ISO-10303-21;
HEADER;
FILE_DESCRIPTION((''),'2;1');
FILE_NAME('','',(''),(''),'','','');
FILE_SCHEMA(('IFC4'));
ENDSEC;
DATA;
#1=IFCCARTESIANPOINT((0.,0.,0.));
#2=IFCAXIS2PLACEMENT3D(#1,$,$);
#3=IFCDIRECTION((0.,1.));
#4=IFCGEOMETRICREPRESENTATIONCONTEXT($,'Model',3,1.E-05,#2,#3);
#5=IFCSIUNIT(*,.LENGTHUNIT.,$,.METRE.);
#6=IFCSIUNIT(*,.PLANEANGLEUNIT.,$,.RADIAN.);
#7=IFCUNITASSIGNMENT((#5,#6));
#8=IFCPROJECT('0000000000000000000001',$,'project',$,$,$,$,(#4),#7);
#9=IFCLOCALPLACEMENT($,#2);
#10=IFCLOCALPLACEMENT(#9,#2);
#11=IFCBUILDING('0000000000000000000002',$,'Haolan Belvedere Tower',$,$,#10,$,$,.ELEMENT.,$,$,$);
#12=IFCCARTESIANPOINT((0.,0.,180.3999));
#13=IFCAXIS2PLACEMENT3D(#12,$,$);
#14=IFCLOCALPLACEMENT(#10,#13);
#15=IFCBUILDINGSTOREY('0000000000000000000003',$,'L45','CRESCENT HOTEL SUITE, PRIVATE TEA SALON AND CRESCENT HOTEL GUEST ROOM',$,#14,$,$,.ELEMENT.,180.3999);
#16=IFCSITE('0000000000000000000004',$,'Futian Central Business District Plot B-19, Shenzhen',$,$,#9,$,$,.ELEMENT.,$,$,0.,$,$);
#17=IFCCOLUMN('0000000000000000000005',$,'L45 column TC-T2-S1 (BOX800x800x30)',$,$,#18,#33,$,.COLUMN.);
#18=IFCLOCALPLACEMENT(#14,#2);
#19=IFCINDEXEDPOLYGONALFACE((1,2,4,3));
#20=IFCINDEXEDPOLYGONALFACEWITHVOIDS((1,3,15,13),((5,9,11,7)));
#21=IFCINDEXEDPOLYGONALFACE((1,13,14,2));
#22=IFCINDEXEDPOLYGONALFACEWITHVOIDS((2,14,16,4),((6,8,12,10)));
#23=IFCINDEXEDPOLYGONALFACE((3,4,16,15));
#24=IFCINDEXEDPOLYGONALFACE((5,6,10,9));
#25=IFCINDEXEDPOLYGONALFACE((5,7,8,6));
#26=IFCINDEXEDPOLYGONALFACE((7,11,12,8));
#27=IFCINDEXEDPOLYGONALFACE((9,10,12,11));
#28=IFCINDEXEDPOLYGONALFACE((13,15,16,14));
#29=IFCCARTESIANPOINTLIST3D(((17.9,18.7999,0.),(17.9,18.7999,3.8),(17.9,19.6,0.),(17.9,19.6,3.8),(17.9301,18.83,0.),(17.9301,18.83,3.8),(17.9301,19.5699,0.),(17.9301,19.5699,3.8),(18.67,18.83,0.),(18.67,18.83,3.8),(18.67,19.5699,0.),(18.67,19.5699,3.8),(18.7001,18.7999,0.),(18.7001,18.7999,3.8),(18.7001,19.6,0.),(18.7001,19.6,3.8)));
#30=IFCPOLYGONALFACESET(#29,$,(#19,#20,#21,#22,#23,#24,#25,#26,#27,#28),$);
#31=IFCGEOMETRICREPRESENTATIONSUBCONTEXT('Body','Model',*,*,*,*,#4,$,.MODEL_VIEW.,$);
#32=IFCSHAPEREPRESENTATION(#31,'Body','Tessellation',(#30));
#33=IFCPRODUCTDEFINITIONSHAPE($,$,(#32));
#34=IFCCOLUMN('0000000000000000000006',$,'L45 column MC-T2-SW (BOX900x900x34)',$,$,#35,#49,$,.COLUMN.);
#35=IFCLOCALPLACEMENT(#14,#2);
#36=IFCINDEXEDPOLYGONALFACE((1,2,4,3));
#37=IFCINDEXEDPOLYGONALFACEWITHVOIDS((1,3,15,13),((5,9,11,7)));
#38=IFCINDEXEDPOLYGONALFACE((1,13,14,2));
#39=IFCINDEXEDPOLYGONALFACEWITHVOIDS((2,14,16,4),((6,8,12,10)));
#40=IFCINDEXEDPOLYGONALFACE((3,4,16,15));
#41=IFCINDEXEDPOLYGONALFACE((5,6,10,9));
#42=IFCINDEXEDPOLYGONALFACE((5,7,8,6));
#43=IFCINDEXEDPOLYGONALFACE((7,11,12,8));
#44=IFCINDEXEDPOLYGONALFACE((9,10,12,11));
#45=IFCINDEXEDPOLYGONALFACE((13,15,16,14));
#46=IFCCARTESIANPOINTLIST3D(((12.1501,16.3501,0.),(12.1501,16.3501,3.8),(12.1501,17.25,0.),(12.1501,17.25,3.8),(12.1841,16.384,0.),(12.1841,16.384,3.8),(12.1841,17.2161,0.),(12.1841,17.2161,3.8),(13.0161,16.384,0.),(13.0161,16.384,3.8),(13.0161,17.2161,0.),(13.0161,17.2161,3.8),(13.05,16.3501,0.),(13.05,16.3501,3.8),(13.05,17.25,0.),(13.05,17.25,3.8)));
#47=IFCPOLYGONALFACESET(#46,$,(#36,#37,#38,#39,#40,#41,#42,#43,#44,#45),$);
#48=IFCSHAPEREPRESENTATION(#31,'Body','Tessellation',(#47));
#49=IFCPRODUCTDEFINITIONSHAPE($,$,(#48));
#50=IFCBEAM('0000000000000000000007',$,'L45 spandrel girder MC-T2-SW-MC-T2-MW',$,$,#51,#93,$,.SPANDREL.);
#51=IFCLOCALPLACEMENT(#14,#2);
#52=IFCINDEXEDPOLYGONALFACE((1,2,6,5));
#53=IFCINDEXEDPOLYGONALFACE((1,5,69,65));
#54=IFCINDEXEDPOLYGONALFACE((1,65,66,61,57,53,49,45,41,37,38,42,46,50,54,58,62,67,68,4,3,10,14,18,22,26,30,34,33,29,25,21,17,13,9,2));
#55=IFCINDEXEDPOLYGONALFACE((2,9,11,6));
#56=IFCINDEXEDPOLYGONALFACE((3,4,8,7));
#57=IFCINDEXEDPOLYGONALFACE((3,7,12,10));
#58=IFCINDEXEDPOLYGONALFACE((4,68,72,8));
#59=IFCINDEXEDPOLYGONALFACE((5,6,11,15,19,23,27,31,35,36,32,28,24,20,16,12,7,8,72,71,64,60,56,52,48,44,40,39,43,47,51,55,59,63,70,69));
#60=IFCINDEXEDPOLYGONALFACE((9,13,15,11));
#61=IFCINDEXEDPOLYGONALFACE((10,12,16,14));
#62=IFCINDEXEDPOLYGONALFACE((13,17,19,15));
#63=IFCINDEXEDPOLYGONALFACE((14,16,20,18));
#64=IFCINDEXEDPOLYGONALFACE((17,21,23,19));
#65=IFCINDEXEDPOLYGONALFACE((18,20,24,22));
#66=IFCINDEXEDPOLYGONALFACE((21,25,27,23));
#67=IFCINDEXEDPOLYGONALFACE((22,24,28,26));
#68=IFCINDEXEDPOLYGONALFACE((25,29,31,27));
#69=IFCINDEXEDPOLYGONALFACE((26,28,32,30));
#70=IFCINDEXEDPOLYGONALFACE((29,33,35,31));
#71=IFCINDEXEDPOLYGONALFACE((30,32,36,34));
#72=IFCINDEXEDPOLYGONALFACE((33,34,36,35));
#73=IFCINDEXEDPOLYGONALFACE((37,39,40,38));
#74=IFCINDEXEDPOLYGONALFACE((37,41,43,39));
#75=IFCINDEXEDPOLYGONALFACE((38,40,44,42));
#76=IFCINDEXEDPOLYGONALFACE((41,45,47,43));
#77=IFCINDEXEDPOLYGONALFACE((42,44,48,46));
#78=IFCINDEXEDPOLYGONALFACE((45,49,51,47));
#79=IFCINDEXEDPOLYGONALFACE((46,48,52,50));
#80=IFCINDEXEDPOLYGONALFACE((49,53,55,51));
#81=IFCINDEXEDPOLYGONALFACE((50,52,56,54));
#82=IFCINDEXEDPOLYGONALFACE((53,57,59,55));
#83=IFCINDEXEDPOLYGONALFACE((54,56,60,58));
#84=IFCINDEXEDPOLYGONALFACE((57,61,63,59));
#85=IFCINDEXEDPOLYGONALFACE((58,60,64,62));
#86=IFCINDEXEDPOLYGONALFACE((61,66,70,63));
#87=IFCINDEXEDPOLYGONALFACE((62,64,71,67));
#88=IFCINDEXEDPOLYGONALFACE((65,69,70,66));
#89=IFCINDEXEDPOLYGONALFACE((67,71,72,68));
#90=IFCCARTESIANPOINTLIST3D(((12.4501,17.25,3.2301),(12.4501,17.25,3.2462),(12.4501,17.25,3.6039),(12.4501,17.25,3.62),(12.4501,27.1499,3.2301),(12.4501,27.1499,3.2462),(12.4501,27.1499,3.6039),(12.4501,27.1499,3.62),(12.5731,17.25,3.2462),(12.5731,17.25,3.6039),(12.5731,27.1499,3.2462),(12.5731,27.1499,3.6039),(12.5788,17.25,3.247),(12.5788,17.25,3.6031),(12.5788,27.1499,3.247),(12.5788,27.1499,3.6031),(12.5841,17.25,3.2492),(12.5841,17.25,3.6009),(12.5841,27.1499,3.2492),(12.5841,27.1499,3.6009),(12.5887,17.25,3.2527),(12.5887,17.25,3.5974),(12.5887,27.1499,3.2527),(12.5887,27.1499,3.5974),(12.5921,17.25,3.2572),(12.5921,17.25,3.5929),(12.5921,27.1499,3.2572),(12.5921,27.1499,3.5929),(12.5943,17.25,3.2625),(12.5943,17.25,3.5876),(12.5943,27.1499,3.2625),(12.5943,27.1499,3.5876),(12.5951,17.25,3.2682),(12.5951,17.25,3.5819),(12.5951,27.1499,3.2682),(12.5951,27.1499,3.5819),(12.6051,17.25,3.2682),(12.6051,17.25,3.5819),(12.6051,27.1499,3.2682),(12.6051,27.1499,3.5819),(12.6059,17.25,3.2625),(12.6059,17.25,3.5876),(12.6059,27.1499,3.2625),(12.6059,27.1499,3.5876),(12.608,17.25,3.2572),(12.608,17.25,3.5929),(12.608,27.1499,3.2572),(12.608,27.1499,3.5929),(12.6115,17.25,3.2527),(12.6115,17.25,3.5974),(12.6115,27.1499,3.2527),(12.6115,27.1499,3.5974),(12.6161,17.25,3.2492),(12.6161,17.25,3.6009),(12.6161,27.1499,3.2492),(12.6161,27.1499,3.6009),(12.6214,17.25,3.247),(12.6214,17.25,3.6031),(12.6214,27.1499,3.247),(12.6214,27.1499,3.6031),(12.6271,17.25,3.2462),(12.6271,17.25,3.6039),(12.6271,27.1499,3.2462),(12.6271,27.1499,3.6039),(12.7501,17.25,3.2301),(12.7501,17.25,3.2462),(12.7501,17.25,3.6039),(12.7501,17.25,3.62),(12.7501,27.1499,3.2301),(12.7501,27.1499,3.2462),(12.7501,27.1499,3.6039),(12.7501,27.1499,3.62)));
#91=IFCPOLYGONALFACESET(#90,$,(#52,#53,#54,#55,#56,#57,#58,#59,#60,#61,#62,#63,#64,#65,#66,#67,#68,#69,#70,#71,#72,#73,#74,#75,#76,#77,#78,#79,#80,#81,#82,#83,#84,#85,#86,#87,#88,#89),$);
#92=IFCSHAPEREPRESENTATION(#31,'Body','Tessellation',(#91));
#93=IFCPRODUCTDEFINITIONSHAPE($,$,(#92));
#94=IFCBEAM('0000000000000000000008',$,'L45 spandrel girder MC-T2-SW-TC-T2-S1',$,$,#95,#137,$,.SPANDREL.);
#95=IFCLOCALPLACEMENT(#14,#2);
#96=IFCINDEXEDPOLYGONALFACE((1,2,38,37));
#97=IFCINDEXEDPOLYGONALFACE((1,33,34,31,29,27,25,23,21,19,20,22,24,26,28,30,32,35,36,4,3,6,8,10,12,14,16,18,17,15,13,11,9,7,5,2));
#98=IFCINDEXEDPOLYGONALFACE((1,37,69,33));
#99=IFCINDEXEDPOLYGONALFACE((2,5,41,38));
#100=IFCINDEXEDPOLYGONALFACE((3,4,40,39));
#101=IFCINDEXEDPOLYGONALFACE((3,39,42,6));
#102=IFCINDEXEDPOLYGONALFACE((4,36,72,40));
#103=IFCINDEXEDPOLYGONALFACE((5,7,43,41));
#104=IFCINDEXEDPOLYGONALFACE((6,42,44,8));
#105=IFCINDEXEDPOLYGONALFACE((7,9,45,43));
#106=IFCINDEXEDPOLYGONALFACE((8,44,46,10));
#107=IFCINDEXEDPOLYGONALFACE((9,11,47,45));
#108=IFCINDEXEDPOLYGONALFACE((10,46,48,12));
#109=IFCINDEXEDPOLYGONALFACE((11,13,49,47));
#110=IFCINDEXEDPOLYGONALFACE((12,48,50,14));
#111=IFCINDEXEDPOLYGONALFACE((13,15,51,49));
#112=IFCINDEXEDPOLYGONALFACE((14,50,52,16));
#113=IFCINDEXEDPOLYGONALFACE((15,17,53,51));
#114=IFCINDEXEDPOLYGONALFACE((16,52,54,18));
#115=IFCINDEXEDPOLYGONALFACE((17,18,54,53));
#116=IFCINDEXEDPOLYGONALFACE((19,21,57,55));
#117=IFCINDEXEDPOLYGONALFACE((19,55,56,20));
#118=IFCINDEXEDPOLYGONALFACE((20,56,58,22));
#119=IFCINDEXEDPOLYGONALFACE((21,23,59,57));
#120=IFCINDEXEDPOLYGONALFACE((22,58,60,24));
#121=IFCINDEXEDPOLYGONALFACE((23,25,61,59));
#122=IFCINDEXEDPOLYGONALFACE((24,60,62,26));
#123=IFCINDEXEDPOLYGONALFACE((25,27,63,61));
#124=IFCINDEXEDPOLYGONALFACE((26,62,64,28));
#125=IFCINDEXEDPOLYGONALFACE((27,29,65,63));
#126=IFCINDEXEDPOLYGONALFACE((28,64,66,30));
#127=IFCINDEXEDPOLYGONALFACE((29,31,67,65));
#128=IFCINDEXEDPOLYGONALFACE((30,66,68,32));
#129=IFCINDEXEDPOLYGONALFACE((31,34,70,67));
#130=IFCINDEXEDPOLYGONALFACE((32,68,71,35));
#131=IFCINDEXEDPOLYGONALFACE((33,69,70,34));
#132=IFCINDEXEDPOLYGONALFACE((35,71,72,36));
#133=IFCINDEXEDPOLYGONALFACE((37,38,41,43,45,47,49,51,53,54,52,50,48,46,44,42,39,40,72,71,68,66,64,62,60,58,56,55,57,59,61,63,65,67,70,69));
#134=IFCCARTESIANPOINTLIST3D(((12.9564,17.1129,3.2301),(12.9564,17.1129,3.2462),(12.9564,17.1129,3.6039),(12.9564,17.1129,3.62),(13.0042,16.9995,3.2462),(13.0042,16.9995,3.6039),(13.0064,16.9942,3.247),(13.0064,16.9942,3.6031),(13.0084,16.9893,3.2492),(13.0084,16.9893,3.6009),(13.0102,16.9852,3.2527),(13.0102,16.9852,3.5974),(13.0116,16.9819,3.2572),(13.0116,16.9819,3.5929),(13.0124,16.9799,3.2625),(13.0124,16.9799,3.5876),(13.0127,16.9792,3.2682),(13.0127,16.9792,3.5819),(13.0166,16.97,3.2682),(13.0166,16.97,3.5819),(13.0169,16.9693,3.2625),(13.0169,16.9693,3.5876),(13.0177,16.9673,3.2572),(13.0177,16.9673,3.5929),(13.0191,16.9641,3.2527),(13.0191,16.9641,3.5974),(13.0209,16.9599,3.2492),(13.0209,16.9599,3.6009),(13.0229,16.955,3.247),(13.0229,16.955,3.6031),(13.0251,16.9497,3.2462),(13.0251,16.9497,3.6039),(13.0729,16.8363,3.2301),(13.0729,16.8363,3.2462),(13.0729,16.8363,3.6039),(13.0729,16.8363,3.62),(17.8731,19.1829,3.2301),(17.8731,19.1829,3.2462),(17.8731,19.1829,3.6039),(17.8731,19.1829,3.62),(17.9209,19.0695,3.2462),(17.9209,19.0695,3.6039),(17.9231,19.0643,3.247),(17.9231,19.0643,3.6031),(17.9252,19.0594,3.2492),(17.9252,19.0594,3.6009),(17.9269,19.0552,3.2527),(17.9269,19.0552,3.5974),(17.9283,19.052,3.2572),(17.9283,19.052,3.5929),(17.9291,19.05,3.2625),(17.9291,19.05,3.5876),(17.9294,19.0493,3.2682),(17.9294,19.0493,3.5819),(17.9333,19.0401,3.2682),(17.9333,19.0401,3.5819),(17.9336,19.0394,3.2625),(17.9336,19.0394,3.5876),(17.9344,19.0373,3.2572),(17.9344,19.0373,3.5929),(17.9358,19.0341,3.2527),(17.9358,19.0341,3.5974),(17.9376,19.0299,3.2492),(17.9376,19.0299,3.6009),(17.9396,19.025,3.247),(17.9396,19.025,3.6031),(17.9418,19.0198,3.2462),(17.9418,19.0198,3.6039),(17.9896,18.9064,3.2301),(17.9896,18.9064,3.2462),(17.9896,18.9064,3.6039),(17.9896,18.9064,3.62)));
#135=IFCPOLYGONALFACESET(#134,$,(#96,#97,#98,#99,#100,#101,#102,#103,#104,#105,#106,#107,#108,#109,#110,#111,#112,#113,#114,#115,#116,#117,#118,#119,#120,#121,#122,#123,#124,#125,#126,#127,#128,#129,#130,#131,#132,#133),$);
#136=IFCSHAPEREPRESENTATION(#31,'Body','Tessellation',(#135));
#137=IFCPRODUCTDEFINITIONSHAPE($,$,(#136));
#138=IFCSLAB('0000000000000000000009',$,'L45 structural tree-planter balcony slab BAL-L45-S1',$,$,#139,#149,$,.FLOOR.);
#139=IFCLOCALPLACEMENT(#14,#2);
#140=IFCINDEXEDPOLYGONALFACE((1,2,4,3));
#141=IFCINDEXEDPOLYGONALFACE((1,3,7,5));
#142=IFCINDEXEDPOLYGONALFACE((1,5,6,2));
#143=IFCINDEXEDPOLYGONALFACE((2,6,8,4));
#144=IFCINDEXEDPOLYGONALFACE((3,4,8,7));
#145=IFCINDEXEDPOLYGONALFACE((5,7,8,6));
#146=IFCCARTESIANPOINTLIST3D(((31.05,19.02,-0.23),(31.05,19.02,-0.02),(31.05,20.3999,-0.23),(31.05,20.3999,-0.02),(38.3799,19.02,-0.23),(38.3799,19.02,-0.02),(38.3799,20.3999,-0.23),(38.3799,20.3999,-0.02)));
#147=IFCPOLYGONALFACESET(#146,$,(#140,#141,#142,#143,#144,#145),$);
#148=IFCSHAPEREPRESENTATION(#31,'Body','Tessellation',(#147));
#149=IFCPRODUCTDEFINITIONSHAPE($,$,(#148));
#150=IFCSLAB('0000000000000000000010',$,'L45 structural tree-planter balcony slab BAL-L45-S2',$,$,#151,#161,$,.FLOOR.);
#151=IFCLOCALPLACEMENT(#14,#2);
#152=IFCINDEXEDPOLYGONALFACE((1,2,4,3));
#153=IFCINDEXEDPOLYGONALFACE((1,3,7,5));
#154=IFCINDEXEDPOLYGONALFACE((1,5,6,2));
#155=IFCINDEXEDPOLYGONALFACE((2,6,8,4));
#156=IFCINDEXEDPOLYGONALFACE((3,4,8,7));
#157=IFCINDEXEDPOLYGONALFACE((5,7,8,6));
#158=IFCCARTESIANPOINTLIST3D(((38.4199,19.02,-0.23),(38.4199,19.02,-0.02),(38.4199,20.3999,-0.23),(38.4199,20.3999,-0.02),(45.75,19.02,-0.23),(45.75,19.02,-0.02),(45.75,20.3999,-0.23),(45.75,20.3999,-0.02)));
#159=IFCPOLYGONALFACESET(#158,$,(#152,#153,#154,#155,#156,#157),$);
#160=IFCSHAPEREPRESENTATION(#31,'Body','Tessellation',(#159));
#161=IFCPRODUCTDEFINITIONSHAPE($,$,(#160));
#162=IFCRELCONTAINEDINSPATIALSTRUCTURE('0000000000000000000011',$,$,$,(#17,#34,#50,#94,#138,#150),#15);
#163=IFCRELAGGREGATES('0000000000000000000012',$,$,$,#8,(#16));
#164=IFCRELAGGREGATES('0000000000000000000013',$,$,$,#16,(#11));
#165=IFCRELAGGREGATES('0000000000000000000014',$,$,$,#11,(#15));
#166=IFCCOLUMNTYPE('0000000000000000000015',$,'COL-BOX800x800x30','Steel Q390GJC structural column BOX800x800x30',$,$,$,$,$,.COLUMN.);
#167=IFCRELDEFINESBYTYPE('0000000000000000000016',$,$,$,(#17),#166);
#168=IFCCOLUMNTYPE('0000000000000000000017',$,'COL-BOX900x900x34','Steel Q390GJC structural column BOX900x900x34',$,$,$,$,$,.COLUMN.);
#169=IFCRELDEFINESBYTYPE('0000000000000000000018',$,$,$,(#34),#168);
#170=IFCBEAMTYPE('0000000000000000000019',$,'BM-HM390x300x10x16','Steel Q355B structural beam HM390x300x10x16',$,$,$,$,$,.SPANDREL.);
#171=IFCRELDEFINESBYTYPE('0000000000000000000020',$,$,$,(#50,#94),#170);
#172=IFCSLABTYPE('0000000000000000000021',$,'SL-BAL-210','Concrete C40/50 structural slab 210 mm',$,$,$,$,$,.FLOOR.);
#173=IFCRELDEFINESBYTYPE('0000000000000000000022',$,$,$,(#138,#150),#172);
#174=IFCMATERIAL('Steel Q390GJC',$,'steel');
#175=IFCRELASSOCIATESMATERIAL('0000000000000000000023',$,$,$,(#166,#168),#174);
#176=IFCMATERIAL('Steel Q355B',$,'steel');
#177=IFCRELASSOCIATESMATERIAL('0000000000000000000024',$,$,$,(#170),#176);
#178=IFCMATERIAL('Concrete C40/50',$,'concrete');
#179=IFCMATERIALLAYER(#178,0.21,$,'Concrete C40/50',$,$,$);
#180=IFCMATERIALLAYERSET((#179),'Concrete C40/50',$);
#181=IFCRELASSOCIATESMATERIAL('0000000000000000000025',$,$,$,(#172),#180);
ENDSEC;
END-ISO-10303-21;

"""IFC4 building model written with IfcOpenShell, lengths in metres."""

from ifc_helpers import new_model, si_unit, direction, frame, origin, origin_2d, place, context, subcontext, project, spatial, polyline, hollow_rectangle, i_section, outline, extrude, material, layer, layer_set, material_profile, profile_set, type_object, element, save


model = new_model("IFC4")

# Units and contexts
model_context = context("Model", 3, precision=1e-05, world=origin(), true_north=direction((0.0, 1.0)))
body_context = subcontext(model_context, "Body", "Model", "MODEL_VIEW")
ifc_project = project(units=[si_unit("LENGTHUNIT", "METRE"), si_unit("PLANEANGLEUNIT", "RADIAN")], contexts=[model_context])

# Site, building, storey
site_placement = place(None, origin())
site = spatial("IfcSite", under=ifc_project, at=site_placement, Name="Futian Central Business District Plot B-19, Shenzhen", CompositionType="ELEMENT", RefElevation=0.0)
building_placement = place(site_placement, origin())
building = spatial("IfcBuilding", under=site, at=building_placement, Name="Haolan Belvedere Tower", CompositionType="ELEMENT")
storey_placement = place(building_placement, frame((0.0, 0.0, 180.3999)))
storey = spatial("IfcBuildingStorey", under=building, at=storey_placement, Name="L45", Description="CRESCENT HOTEL SUITE, PRIVATE TEA SALON AND CRESCENT HOTEL GUEST ROOM", CompositionType="ELEMENT", Elevation=180.3999)

# Columns
ifc_material_1 = material(Name="Steel Q390GJC", Category="steel")
ifc_material_profile_1 = material_profile(ifc_material_1, hollow_rectangle(XDim=0.8, YDim=0.8, WallThickness=0.03, at=origin_2d()), Name="Steel Q390GJC")
ifc_profile_set_1 = profile_set([ifc_material_profile_1], Name="Steel Q390GJC")
column_type_1 = type_object("IfcColumnType", Name="COL-BOX800x800x30", Description="Steel Q390GJC structural column BOX800x800x30", PredefinedType="COLUMN", material=ifc_profile_set_1)
column_1_placement = place(storey_placement, frame((18.3, 19.2, 0.0), z_axis=(0.0, 0.0, 1.0), x_axis=(1.0, 0.0, 0.0)))
element("IfcColumn", 1, at=column_1_placement, inside=storey, type_object=column_type_1, Name="L45 column TC-T2-S1 (BOX800x800x30)", PredefinedType="COLUMN", context=body_context, shape_type="SweptSolid", body=[
    extrude(hollow_rectangle(XDim=0.8, YDim=0.8, WallThickness=0.03, at=origin_2d()), origin(), (0.0, 0.0, 1.0), 3.8),
])
ifc_material_profile_2 = material_profile(ifc_material_1, hollow_rectangle(XDim=0.8999, YDim=0.8999, WallThickness=0.0339, at=origin_2d()), Name="Steel Q390GJC")
ifc_profile_set_2 = profile_set([ifc_material_profile_2], Name="Steel Q390GJC")
column_type_2 = type_object("IfcColumnType", Name="COL-BOX900x900x34", Description="Steel Q390GJC structural column BOX900x900x34", PredefinedType="COLUMN", material=ifc_profile_set_2)
column_2_placement = place(storey_placement, frame((12.6001, 16.8, 0.0), z_axis=(0.0, 0.0, 1.0), x_axis=(1.0, 0.0, 0.0)))
element("IfcColumn", 2, at=column_2_placement, inside=storey, type_object=column_type_2, Name="L45 column MC-T2-SW (BOX900x900x34)", PredefinedType="COLUMN", context=body_context, shape_type="SweptSolid", body=[
    extrude(hollow_rectangle(XDim=0.8999, YDim=0.8999, WallThickness=0.0339, at=origin_2d()), origin(), (0.0, 0.0, 1.0), 3.8),
])

# Beams
ifc_material_2 = material(Name="Steel Q355B", Category="steel")
ifc_material_profile_3 = material_profile(ifc_material_2, i_section(OverallWidth=0.3, OverallDepth=0.3899, WebThickness=0.01, FlangeThickness=0.0161, FilletRadius=0.022, at=origin_2d()), Name="Steel Q355B")
ifc_profile_set_3 = profile_set([ifc_material_profile_3], Name="Steel Q355B")
beam_type = type_object("IfcBeamType", Name="BM-HM390x300x10x16", Description="Steel Q355B structural beam HM390x300x10x16", PredefinedType="SPANDREL", material=ifc_profile_set_3)
beam_1_placement = place(storey_placement, frame((12.6001, 17.25, 3.425), z_axis=(0.0, 1.0, 0.0), x_axis=(-1.0, 0.0, 0.0)))
element("IfcBeam", 3, at=beam_1_placement, inside=storey, type_object=beam_type, Name="L45 spandrel girder MC-T2-SW-MC-T2-MW", PredefinedType="SPANDREL", context=body_context, shape_type="SweptSolid", body=[
    extrude(i_section(OverallWidth=0.3, OverallDepth=0.3899, WebThickness=0.01, FlangeThickness=0.0161, FilletRadius=0.022, at=origin_2d()), origin(), (0.0, 0.0, 1.0), 9.8999),
])
beam_2_placement = place(storey_placement, frame((13.0146, 16.9746, 3.425), z_axis=(0.921645, 0.388034, 0.0), x_axis=(-0.388034, 0.921645, 0.0)))
element("IfcBeam", 4, at=beam_2_placement, inside=storey, type_object=beam_type, Name="L45 spandrel girder MC-T2-SW-TC-T2-S1", PredefinedType="SPANDREL", context=body_context, shape_type="SweptSolid", body=[
    extrude(i_section(OverallWidth=0.3, OverallDepth=0.3899, WebThickness=0.01, FlangeThickness=0.0161, FilletRadius=0.022, at=origin_2d()), origin(), (0.0, 0.0, 1.0), 5.3347),
])

# Slabs
ifc_material_3 = material(Name="Concrete C40/50", Category="concrete")
ifc_layer_1 = layer(ifc_material_3, 0.21, Name="Concrete C40/50")
ifc_layer_set_1 = layer_set([ifc_layer_1], Name="Concrete C40/50")
slab_type_1 = type_object("IfcSlabType", Name="SL-BAL-210", Description="Concrete C40/50 structural slab 210 mm", PredefinedType="FLOOR", material=ifc_layer_set_1)
slab_1_placement = place(storey_placement, frame((0.0, 0.0, -0.23)))
element("IfcSlab", 5, at=slab_1_placement, inside=storey, type_object=slab_type_1, Name="L45 structural tree-planter balcony slab BAL-L45-S1", PredefinedType="FLOOR", context=body_context, shape_type="SweptSolid", body=[
    extrude(outline(polyline([(31.05, 19.02), (38.3799, 19.02), (38.3799, 20.3999), (31.05, 20.3999), (31.05, 19.02)])), origin(), (0.0, 0.0, 1.0), 0.21),
])
slab_2_placement = place(storey_placement, frame((0.0, 0.0, -0.23)))
element("IfcSlab", 6, at=slab_2_placement, inside=storey, type_object=slab_type_1, Name="L45 structural tree-planter balcony slab BAL-L45-S2", PredefinedType="FLOOR", context=body_context, shape_type="SweptSolid", body=[
    extrude(outline(polyline([(38.4199, 19.02), (45.75, 19.02), (45.75, 20.3999), (38.4199, 20.3999), (38.4199, 19.02)])), origin(), (0.0, 0.0, 1.0), 0.21),
])

save(model, "model.ifc")
